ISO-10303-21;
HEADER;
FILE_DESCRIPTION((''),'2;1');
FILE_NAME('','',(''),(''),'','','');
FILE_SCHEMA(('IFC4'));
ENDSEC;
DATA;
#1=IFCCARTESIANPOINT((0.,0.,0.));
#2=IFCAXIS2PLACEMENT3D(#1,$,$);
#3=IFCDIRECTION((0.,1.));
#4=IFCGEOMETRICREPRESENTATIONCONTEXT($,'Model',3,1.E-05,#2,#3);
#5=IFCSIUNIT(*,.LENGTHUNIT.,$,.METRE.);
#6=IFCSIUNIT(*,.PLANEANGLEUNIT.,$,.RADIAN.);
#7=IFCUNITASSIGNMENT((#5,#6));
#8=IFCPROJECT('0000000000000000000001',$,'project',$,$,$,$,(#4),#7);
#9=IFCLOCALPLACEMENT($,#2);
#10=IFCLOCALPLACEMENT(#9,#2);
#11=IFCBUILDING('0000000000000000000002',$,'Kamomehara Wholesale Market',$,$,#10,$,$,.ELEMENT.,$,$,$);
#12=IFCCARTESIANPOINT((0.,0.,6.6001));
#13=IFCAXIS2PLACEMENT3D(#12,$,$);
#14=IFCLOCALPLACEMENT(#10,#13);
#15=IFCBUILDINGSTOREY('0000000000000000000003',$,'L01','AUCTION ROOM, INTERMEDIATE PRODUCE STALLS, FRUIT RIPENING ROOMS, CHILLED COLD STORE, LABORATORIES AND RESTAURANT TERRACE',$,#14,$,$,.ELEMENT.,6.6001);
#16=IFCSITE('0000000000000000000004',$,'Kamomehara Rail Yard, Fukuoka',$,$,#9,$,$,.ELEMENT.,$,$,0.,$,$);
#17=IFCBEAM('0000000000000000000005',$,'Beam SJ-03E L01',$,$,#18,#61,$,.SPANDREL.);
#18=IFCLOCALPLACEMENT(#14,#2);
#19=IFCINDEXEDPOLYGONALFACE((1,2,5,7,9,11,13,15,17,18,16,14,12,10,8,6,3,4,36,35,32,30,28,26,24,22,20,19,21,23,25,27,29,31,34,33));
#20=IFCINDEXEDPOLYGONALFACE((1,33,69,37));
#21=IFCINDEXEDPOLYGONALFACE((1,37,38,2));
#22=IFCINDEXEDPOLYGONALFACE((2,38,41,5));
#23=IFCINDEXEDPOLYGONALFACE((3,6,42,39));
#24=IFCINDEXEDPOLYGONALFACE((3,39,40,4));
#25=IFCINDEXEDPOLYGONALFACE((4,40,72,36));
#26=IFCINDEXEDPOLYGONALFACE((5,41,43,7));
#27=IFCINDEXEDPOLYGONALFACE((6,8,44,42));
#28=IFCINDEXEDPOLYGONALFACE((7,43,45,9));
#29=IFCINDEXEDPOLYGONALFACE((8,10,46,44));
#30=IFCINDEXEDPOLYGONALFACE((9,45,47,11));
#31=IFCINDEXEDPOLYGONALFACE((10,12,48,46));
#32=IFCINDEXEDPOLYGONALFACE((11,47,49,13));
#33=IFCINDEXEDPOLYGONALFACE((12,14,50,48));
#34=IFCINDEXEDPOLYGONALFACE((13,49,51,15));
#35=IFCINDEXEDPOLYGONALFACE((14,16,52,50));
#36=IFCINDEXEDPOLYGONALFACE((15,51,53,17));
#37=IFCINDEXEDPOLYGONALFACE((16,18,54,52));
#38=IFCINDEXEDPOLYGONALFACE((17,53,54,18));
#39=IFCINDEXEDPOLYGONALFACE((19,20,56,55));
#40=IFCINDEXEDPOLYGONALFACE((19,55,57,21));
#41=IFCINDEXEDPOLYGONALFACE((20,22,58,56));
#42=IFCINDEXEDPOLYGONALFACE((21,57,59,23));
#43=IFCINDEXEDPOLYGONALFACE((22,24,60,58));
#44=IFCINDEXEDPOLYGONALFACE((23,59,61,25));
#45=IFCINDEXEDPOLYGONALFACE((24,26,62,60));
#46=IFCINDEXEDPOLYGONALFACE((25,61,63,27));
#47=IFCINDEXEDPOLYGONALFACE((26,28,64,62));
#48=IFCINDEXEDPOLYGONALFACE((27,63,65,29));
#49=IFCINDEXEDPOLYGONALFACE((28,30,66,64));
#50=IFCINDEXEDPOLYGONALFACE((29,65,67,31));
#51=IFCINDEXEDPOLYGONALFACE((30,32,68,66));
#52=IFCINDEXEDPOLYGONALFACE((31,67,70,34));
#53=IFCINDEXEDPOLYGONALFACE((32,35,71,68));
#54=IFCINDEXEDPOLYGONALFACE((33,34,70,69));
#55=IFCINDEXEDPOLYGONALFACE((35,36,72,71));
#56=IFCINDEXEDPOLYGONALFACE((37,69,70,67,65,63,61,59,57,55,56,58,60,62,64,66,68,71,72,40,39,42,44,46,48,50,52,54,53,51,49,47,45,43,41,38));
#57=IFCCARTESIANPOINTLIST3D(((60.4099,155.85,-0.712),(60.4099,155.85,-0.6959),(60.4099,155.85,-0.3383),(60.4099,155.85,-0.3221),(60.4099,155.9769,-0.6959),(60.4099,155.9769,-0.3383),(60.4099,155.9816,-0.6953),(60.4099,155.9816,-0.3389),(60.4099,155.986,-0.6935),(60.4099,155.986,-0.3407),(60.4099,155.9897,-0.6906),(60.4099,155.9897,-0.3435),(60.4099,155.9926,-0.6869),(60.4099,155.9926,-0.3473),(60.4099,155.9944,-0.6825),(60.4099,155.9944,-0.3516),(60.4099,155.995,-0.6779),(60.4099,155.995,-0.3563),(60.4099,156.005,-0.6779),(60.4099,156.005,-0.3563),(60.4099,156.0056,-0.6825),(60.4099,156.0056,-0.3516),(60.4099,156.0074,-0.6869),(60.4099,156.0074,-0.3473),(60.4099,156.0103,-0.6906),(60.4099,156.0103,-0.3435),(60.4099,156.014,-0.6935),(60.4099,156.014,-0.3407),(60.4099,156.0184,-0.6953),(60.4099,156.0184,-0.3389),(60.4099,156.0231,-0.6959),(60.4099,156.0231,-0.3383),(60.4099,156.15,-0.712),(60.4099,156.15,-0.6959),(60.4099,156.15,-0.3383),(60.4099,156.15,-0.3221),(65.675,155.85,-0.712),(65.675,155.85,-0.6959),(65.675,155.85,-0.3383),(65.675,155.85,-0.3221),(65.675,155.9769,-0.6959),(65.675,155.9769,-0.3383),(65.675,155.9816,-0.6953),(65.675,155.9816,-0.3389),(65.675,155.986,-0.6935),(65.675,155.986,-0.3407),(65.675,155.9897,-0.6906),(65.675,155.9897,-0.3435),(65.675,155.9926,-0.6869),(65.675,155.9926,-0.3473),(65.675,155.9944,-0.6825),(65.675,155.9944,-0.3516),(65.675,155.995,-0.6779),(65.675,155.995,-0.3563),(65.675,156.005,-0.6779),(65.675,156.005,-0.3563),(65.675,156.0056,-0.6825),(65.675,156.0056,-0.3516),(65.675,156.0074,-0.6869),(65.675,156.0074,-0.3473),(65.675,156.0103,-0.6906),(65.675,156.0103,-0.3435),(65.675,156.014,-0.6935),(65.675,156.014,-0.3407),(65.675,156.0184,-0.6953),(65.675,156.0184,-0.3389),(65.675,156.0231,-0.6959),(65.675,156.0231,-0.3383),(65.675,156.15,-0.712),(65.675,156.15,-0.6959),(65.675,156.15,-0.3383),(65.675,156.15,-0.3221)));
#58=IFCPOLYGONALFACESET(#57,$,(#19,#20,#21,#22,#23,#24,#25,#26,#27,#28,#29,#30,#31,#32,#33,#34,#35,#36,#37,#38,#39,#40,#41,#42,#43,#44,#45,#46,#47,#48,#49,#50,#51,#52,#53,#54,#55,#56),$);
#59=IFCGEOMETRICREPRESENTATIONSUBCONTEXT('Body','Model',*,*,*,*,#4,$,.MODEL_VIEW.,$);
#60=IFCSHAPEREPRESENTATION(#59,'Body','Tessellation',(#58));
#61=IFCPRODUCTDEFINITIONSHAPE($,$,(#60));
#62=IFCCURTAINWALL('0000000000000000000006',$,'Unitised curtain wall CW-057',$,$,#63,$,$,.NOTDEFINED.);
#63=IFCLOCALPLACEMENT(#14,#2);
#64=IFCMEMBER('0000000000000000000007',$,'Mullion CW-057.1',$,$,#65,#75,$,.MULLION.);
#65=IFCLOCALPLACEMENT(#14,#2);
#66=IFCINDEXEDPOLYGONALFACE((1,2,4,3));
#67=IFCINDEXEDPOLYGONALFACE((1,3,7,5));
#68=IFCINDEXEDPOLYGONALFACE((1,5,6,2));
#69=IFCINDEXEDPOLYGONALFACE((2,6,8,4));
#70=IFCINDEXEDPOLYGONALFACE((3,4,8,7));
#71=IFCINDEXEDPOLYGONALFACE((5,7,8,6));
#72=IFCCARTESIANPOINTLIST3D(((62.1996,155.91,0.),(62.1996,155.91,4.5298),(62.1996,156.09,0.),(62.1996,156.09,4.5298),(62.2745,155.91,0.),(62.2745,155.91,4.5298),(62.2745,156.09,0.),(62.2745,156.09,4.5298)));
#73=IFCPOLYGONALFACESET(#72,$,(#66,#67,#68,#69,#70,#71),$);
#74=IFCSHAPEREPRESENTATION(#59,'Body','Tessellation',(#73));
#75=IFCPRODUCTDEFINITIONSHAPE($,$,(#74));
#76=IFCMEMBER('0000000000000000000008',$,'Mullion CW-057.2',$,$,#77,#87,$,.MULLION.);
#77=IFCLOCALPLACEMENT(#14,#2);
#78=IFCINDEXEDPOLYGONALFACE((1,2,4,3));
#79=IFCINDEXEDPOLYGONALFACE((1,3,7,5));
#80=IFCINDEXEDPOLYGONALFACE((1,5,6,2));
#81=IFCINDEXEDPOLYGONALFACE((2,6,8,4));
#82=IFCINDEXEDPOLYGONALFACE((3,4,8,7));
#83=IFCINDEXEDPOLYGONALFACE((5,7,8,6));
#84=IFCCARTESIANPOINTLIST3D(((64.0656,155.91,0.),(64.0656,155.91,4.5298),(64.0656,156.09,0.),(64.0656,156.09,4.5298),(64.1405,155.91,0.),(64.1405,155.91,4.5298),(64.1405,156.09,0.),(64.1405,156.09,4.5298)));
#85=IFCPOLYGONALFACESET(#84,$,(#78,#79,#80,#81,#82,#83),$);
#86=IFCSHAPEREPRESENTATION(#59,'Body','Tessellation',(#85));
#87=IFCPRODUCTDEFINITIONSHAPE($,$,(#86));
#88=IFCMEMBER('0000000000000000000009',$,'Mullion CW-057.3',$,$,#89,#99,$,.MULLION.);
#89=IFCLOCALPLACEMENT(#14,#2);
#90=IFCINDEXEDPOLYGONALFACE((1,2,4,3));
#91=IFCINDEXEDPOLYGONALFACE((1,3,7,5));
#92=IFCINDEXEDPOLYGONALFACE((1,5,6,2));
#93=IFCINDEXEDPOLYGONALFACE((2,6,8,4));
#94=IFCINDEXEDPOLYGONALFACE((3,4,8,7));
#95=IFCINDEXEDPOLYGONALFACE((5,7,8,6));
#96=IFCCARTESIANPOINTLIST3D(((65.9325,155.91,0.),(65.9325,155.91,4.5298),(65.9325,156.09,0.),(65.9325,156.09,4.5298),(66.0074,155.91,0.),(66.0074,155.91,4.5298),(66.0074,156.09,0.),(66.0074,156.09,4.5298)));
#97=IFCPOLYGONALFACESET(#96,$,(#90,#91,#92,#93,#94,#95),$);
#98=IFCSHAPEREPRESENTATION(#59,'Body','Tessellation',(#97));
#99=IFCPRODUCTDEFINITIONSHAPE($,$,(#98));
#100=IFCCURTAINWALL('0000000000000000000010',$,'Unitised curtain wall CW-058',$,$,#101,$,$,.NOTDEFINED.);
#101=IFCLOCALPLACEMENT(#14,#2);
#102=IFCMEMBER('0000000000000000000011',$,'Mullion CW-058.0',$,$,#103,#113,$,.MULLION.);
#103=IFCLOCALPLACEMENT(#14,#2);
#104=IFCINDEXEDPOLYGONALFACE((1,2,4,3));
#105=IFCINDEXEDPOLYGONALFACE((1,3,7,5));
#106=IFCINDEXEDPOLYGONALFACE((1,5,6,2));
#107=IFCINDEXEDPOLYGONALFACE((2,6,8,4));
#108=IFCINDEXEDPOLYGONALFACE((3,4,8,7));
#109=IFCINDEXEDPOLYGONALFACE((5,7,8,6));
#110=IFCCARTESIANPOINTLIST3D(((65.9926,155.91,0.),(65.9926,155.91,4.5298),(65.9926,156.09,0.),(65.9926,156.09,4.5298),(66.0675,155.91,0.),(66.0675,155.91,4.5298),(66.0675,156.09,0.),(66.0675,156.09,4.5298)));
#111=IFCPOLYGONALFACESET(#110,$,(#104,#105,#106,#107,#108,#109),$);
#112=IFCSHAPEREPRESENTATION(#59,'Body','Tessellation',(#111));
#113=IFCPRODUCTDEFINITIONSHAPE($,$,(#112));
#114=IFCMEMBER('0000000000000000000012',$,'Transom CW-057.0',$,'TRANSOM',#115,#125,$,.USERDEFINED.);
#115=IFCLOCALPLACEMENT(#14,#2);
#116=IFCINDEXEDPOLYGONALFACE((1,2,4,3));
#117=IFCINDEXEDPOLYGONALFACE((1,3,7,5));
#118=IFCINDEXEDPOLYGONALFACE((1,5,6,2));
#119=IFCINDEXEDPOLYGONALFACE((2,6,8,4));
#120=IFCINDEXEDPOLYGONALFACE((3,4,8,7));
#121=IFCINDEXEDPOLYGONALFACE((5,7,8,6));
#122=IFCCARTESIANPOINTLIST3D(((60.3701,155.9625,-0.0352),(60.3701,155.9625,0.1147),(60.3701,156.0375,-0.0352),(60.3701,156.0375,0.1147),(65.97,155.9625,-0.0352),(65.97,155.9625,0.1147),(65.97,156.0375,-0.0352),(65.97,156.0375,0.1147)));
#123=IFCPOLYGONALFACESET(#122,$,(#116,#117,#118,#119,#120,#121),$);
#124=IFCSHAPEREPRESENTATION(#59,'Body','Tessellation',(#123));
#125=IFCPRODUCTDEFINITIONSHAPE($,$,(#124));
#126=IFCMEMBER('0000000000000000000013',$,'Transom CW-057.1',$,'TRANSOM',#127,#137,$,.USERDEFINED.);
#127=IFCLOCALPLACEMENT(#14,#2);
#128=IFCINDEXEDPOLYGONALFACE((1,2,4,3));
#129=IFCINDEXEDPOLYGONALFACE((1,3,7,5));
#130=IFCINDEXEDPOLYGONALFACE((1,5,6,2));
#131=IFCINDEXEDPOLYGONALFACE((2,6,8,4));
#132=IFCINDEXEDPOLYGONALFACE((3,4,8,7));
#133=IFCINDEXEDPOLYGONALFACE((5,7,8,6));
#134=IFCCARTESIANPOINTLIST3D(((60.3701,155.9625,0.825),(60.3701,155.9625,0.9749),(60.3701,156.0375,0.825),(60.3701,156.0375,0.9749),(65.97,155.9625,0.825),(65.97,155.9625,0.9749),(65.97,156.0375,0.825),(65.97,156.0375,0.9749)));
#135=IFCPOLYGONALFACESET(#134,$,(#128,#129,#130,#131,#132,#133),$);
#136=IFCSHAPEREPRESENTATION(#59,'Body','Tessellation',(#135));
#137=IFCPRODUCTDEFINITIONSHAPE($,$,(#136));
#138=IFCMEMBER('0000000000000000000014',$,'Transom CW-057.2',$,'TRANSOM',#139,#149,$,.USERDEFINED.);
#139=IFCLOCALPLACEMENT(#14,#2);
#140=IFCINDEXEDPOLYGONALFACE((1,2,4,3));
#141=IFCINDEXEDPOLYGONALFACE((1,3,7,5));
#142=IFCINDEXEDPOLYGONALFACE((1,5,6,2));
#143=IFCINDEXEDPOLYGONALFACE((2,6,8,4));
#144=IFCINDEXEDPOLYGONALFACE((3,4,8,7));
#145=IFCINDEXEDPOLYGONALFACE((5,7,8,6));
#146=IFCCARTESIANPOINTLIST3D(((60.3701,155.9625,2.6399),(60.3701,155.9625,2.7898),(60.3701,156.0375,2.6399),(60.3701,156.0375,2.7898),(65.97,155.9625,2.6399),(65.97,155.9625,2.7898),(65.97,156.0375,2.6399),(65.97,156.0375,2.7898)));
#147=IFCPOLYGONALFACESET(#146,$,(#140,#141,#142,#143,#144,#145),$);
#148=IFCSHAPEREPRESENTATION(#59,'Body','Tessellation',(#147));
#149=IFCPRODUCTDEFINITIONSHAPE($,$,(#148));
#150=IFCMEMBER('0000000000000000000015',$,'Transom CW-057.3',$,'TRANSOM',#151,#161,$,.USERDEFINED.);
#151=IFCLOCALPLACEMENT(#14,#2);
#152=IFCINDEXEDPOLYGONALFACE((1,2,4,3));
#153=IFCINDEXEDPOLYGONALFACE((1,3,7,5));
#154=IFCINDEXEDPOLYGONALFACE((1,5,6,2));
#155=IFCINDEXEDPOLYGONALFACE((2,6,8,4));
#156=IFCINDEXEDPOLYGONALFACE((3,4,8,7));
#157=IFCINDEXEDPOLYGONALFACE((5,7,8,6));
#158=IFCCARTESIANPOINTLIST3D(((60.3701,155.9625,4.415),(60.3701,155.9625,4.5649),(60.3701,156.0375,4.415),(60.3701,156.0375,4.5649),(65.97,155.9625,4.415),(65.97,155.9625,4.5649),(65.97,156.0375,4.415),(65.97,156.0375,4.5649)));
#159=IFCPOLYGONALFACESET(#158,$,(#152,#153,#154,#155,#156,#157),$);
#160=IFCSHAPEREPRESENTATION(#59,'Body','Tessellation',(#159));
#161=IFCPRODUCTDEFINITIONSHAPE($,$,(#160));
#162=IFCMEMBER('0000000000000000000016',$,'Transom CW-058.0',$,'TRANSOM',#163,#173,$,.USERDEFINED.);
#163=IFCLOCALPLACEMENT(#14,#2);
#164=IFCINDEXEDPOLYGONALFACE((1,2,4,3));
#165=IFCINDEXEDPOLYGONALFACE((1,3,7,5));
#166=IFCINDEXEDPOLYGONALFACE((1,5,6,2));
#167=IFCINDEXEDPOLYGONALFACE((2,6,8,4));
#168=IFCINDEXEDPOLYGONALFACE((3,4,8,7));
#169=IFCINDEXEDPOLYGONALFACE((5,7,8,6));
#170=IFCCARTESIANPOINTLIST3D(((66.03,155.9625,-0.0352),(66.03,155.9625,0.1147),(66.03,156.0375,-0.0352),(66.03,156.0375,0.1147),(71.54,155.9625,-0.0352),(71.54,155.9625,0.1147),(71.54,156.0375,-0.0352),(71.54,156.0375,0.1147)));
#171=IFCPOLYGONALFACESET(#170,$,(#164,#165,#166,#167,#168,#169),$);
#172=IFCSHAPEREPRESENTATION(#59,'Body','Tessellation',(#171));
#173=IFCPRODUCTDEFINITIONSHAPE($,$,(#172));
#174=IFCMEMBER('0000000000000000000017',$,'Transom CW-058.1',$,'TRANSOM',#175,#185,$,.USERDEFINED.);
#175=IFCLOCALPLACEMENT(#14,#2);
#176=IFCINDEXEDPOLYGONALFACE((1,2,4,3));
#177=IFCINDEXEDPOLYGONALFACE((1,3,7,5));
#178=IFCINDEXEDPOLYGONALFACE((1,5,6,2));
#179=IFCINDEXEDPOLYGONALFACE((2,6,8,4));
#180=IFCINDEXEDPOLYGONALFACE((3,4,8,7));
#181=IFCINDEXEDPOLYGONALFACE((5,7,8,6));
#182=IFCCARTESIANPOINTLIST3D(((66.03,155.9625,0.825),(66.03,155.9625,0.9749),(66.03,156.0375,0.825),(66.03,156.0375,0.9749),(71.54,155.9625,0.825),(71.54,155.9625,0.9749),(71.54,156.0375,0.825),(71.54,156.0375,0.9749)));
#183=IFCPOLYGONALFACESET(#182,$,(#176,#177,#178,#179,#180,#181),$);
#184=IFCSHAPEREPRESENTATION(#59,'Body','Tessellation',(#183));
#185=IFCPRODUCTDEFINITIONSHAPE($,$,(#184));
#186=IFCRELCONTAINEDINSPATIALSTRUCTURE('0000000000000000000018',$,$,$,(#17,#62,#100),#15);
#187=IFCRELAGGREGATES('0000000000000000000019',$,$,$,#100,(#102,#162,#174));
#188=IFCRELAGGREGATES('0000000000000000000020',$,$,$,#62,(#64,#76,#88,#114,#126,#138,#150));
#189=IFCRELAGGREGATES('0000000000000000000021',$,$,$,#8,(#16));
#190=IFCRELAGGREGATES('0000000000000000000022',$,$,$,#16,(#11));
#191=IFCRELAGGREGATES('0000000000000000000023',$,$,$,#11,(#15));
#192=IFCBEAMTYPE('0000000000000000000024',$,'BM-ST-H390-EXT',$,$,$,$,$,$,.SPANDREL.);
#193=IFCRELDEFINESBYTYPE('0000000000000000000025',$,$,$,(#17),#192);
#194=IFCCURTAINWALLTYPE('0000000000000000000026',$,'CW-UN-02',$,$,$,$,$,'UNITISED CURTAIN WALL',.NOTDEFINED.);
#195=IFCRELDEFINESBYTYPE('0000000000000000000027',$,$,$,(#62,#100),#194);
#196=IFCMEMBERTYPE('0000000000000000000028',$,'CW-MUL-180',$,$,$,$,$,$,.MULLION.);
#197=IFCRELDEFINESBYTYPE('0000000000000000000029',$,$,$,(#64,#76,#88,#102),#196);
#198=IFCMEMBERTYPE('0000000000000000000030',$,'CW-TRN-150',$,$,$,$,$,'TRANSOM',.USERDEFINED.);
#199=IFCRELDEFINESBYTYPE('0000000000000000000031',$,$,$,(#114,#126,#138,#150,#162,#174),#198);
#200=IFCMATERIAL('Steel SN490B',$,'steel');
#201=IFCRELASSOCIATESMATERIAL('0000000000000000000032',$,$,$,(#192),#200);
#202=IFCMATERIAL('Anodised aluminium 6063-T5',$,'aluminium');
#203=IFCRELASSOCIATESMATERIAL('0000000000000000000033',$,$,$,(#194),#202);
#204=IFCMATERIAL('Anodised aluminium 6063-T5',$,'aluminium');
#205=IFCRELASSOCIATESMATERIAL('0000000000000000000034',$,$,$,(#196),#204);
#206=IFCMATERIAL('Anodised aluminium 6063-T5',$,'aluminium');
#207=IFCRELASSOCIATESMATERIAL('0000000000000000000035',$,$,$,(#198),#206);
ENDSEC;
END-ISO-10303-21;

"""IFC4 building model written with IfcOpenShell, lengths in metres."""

from ifc_helpers import new_model, si_unit, direction, frame, origin, origin_2d, place, context, subcontext, project, spatial, rectangle, i_section, extrude, material, material_profile, profile_set, type_object, element, aggregate, save


model = new_model("IFC4")

# Units and contexts
model_context = context("Model", 3, precision=1e-05, world=origin(), true_north=direction((0.0, 1.0)))
body_context = subcontext(model_context, "Body", "Model", "MODEL_VIEW")
ifc_project = project(units=[si_unit("LENGTHUNIT", "METRE"), si_unit("PLANEANGLEUNIT", "RADIAN")], contexts=[model_context])

# Site, building, storey
site_placement = place(None, origin())
site = spatial("IfcSite", under=ifc_project, at=site_placement, Name="Kamomehara Rail Yard, Fukuoka", CompositionType="ELEMENT", RefElevation=0.0)
building_placement = place(site_placement, origin())
building = spatial("IfcBuilding", under=site, at=building_placement, Name="Kamomehara Wholesale Market", CompositionType="ELEMENT")
storey_placement = place(building_placement, frame((0.0, 0.0, 6.6001)))
storey = spatial("IfcBuildingStorey", under=building, at=storey_placement, Name="L01", Description="AUCTION ROOM, INTERMEDIATE PRODUCE STALLS, FRUIT RIPENING ROOMS, CHILLED COLD STORE, LABORATORIES AND RESTAURANT TERRACE", CompositionType="ELEMENT", Elevation=6.6001)

# Beam
ifc_material_1 = material(Name="Steel SN490B", Category="steel")
ifc_material_profile_1 = material_profile(ifc_material_1, i_section(OverallWidth=0.3, OverallDepth=0.3899, WebThickness=0.01, FlangeThickness=0.0161, FilletRadius=0.0181, at=origin_2d()), Name="H-390x300x10x16")
ifc_profile_set_1 = profile_set([ifc_material_profile_1], Name="Steel SN490B")
beam_type = type_object("IfcBeamType", Name="BM-ST-H390-EXT", PredefinedType="SPANDREL", material=ifc_profile_set_1)
beam_placement = place(storey_placement, frame((60.4099, 156.0, -0.5171), z_axis=(1.0, 0.0, 0.0), x_axis=(0.0, 1.0, 0.0)))
element("IfcBeam", 1, at=beam_placement, inside=storey, type_object=beam_type, Name="Beam SJ-03E L01", PredefinedType="SPANDREL", context=body_context, shape_type="SweptSolid", body=[
    extrude(i_section(OverallWidth=0.3, OverallDepth=0.3899, WebThickness=0.01, FlangeThickness=0.0161, FilletRadius=0.0181, at=origin_2d()), origin(), (0.0, 0.0, 1.0), 5.2651),
])

# Curtain wall, members
ifc_material_2 = material(Name="Anodised aluminium 6063-T5", Category="aluminium")
curtain_wall_type = type_object("IfcCurtainWallType", Name="CW-UN-02", ElementType="UNITISED CURTAIN WALL", PredefinedType="NOTDEFINED", material=ifc_material_2)
curtain_wall_1_placement = place(storey_placement, origin())
curtain_wall_1 = element("IfcCurtainWall", 2, at=curtain_wall_1_placement, inside=storey, type_object=curtain_wall_type, Name="Unitised curtain wall CW-057", PredefinedType="NOTDEFINED")
ifc_material_3 = material(Name="Anodised aluminium 6063-T5", Category="aluminium")
ifc_material_profile_2 = material_profile(ifc_material_3, rectangle(XDim=0.075, YDim=0.1799, at=origin_2d()), Name="ALU-MUL-75x180")
ifc_profile_set_2 = profile_set([ifc_material_profile_2], Name="Anodised aluminium 6063-T5")
member_type_1 = type_object("IfcMemberType", Name="CW-MUL-180", PredefinedType="MULLION", material=ifc_profile_set_2)
member_1_placement = place(storey_placement, frame((62.2371, 156.0, 0.0), z_axis=(0.0, 0.0, 1.0), x_axis=(1.0, 0.0, 0.0)))
member_1 = element("IfcMember", 3, at=member_1_placement, type_object=member_type_1, Name="Mullion CW-057.1", PredefinedType="MULLION", context=body_context, shape_type="SweptSolid", body=[
    extrude(rectangle(XDim=0.075, YDim=0.1799, at=origin_2d()), origin(), (0.0, 0.0, 1.0), 4.5298),
])
member_2_placement = place(storey_placement, frame((64.103, 156.0, 0.0), z_axis=(0.0, 0.0, 1.0), x_axis=(1.0, 0.0, 0.0)))
member_2 = element("IfcMember", 4, at=member_2_placement, type_object=member_type_1, Name="Mullion CW-057.2", PredefinedType="MULLION", context=body_context, shape_type="SweptSolid", body=[
    extrude(rectangle(XDim=0.075, YDim=0.1799, at=origin_2d()), origin(), (0.0, 0.0, 1.0), 4.5298),
])
member_3_placement = place(storey_placement, frame((65.97, 156.0, 0.0), z_axis=(0.0, 0.0, 1.0), x_axis=(1.0, 0.0, 0.0)))
member_3 = element("IfcMember", 5, at=member_3_placement, type_object=member_type_1, Name="Mullion CW-057.3", PredefinedType="MULLION", context=body_context, shape_type="SweptSolid", body=[
    extrude(rectangle(XDim=0.075, YDim=0.1799, at=origin_2d()), origin(), (0.0, 0.0, 1.0), 4.5298),
])

# Curtain wall, member
curtain_wall_2_placement = place(storey_placement, origin())
curtain_wall_2 = element("IfcCurtainWall", 6, at=curtain_wall_2_placement, inside=storey, type_object=curtain_wall_type, Name="Unitised curtain wall CW-058", PredefinedType="NOTDEFINED")
member_4_placement = place(storey_placement, frame((66.03, 156.0, 0.0), z_axis=(0.0, 0.0, 1.0), x_axis=(1.0, 0.0, 0.0)))
member_4 = element("IfcMember", 7, at=member_4_placement, type_object=member_type_1, Name="Mullion CW-058.0", PredefinedType="MULLION", context=body_context, shape_type="SweptSolid", body=[
    extrude(rectangle(XDim=0.075, YDim=0.1799, at=origin_2d()), origin(), (0.0, 0.0, 1.0), 4.5298),
])

# Members
ifc_material_4 = material(Name="Anodised aluminium 6063-T5", Category="aluminium")
ifc_material_profile_3 = material_profile(ifc_material_4, rectangle(XDim=0.075, YDim=0.1499, at=origin_2d()), Name="ALU-TRN-75x150")
ifc_profile_set_3 = profile_set([ifc_material_profile_3], Name="Anodised aluminium 6063-T5")
member_type_2 = type_object("IfcMemberType", Name="CW-TRN-150", ElementType="TRANSOM", PredefinedType="USERDEFINED", material=ifc_profile_set_3)
member_5_placement = place(storey_placement, frame((60.3701, 156.0, 0.0398), z_axis=(1.0, 0.0, 0.0), x_axis=(0.0, 1.0, 0.0)))
member_5 = element("IfcMember", 8, at=member_5_placement, type_object=member_type_2, Name="Transom CW-057.0", ObjectType="TRANSOM", PredefinedType="USERDEFINED", context=body_context, shape_type="SweptSolid", body=[
    extrude(rectangle(XDim=0.075, YDim=0.1499, at=origin_2d()), origin(), (0.0, 0.0, 1.0), 5.5999),
])
member_6_placement = place(storey_placement, frame((60.3701, 156.0, 0.8999), z_axis=(1.0, 0.0, 0.0), x_axis=(0.0, 1.0, 0.0)))
member_6 = element("IfcMember", 9, at=member_6_placement, type_object=member_type_2, Name="Transom CW-057.1", ObjectType="TRANSOM", PredefinedType="USERDEFINED", context=body_context, shape_type="SweptSolid", body=[
    extrude(rectangle(XDim=0.075, YDim=0.1499, at=origin_2d()), origin(), (0.0, 0.0, 1.0), 5.5999),
])
member_7_placement = place(storey_placement, frame((60.3701, 156.0, 2.7148), z_axis=(1.0, 0.0, 0.0), x_axis=(0.0, 1.0, 0.0)))
member_7 = element("IfcMember", 10, at=member_7_placement, type_object=member_type_2, Name="Transom CW-057.2", ObjectType="TRANSOM", PredefinedType="USERDEFINED", context=body_context, shape_type="SweptSolid", body=[
    extrude(rectangle(XDim=0.075, YDim=0.1499, at=origin_2d()), origin(), (0.0, 0.0, 1.0), 5.5999),
])
member_8_placement = place(storey_placement, frame((60.3701, 156.0, 4.49), z_axis=(1.0, 0.0, 0.0), x_axis=(0.0, 1.0, 0.0)))
member_8 = element("IfcMember", 11, at=member_8_placement, type_object=member_type_2, Name="Transom CW-057.3", ObjectType="TRANSOM", PredefinedType="USERDEFINED", context=body_context, shape_type="SweptSolid", body=[
    extrude(rectangle(XDim=0.075, YDim=0.1499, at=origin_2d()), origin(), (0.0, 0.0, 1.0), 5.5999),
])
member_9_placement = place(storey_placement, frame((66.03, 156.0, 0.0398), z_axis=(1.0, 0.0, 0.0), x_axis=(0.0, 1.0, 0.0)))
member_9 = element("IfcMember", 12, at=member_9_placement, type_object=member_type_2, Name="Transom CW-058.0", ObjectType="TRANSOM", PredefinedType="USERDEFINED", context=body_context, shape_type="SweptSolid", body=[
    extrude(rectangle(XDim=0.075, YDim=0.1499, at=origin_2d()), origin(), (0.0, 0.0, 1.0), 5.51),
])
member_10_placement = place(storey_placement, frame((66.03, 156.0, 0.8999), z_axis=(1.0, 0.0, 0.0), x_axis=(0.0, 1.0, 0.0)))
member_10 = element("IfcMember", 13, at=member_10_placement, type_object=member_type_2, Name="Transom CW-058.1", ObjectType="TRANSOM", PredefinedType="USERDEFINED", context=body_context, shape_type="SweptSolid", body=[
    extrude(rectangle(XDim=0.075, YDim=0.1499, at=origin_2d()), origin(), (0.0, 0.0, 1.0), 5.51),
])
aggregate(curtain_wall_2, [member_4, member_9, member_10])

aggregate(curtain_wall_1, [member_1, member_2, member_3, member_5, member_6, member_7, member_8])

save(model, "model.ifc")
